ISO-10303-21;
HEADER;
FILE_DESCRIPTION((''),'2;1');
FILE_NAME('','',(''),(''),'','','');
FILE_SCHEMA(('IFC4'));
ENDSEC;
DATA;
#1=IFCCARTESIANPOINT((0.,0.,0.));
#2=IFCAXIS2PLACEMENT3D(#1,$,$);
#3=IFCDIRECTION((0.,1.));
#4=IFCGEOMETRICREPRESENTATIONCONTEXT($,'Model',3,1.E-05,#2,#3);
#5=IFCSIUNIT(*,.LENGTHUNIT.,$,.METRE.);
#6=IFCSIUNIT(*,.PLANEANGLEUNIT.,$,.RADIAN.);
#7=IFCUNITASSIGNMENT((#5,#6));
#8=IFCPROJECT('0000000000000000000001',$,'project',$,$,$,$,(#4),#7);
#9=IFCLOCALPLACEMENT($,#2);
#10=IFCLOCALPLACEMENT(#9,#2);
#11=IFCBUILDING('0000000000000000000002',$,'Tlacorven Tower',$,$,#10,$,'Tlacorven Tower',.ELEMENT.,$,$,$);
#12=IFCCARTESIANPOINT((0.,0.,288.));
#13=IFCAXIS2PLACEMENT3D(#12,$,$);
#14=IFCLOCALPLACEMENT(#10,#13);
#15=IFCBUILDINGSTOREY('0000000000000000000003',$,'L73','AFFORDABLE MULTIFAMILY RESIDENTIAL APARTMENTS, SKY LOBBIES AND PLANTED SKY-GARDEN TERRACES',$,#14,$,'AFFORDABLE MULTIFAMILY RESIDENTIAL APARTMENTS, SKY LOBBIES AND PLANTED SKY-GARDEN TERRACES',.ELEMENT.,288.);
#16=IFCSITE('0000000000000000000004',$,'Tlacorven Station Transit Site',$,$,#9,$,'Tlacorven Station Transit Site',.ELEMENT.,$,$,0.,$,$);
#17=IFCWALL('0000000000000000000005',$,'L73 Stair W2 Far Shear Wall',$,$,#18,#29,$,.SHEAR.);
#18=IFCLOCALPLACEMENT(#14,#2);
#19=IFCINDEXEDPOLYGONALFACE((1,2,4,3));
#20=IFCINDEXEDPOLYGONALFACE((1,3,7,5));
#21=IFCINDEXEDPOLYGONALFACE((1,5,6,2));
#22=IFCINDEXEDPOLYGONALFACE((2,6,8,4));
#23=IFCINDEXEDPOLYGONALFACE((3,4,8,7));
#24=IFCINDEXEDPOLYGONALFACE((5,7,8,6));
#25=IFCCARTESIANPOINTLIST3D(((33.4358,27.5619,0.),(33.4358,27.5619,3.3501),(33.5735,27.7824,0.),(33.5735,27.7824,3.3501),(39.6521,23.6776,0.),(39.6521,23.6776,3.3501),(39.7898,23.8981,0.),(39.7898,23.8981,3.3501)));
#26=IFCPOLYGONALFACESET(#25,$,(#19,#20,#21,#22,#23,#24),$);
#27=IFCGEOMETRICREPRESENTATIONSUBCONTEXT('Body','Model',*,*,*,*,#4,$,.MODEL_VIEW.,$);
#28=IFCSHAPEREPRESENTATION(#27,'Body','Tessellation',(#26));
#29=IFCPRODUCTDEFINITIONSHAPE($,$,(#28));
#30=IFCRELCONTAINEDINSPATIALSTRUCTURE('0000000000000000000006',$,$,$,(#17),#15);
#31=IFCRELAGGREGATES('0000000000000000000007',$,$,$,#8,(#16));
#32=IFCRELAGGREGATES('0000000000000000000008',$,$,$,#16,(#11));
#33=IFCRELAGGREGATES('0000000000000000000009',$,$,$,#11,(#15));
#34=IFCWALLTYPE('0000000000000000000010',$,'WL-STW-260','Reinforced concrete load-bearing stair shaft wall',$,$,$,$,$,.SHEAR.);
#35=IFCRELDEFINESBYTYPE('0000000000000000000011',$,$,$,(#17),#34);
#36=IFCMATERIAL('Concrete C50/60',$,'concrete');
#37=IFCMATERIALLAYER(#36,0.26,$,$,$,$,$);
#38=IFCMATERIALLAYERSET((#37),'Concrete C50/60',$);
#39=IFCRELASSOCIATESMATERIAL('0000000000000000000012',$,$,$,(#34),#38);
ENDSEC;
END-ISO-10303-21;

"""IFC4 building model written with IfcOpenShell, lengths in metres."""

from ifc_helpers import new_model, si_unit, direction, frame, frame_2d, origin, place, context, subcontext, project, spatial, rectangle, extrude, material, layer, layer_set, type_object, element, save


model = new_model("IFC4")

# Units and contexts
model_context = context("Model", 3, precision=1e-05, world=origin(), true_north=direction((0.0, 1.0)))
body_context = subcontext(model_context, "Body", "Model", "MODEL_VIEW")
ifc_project = project(units=[si_unit("LENGTHUNIT", "METRE"), si_unit("PLANEANGLEUNIT", "RADIAN")], contexts=[model_context])

# Site, building, storey
site_placement = place(None, origin())
site = spatial("IfcSite", under=ifc_project, at=site_placement, Name="Tlacorven Station Transit Site", LongName="Tlacorven Station Transit Site", CompositionType="ELEMENT", RefElevation=0.0)
building_placement = place(site_placement, origin())
building = spatial("IfcBuilding", under=site, at=building_placement, Name="Tlacorven Tower", LongName="Tlacorven Tower", CompositionType="ELEMENT")
storey_placement = place(building_placement, frame((0.0, 0.0, 288.0)))
storey = spatial("IfcBuildingStorey", under=building, at=storey_placement, Name="L73", Description="AFFORDABLE MULTIFAMILY RESIDENTIAL APARTMENTS, SKY LOBBIES AND PLANTED SKY-GARDEN TERRACES", LongName="AFFORDABLE MULTIFAMILY RESIDENTIAL APARTMENTS, SKY LOBBIES AND PLANTED SKY-GARDEN TERRACES", CompositionType="ELEMENT", Elevation=288.0)

# Shared definitions
ifc_material_1 = material(Name="Concrete C50/60", Category="concrete")

# Wall
ifc_layer_1 = layer(ifc_material_1, 0.26)
ifc_layer_set_1 = layer_set([ifc_layer_1], Name="Concrete C50/60")
wall_type_1 = type_object("IfcWallType", Name="WL-STW-260", Description="Reinforced concrete load-bearing stair shaft wall", PredefinedType="SHEAR", material=ifc_layer_set_1)
wall_1_placement = place(storey_placement, frame((39.7209, 23.7878, 0.0), z_axis=(0.0, 0.0, 1.0), x_axis=(-0.848054, 0.529909, 0.0)))
element("IfcWall", 1, at=wall_1_placement, inside=storey, type_object=wall_type_1, Name="L73 Stair W2 Far Shear Wall", PredefinedType="SHEAR", context=body_context, shape_type="SweptSolid", body=[
    extrude(rectangle(XDim=7.3301, YDim=0.26, at=frame_2d((3.665, 0.0))), origin(), (0.0, 0.0, 1.0), 3.3501),
])

save(model, "model.ifc")
